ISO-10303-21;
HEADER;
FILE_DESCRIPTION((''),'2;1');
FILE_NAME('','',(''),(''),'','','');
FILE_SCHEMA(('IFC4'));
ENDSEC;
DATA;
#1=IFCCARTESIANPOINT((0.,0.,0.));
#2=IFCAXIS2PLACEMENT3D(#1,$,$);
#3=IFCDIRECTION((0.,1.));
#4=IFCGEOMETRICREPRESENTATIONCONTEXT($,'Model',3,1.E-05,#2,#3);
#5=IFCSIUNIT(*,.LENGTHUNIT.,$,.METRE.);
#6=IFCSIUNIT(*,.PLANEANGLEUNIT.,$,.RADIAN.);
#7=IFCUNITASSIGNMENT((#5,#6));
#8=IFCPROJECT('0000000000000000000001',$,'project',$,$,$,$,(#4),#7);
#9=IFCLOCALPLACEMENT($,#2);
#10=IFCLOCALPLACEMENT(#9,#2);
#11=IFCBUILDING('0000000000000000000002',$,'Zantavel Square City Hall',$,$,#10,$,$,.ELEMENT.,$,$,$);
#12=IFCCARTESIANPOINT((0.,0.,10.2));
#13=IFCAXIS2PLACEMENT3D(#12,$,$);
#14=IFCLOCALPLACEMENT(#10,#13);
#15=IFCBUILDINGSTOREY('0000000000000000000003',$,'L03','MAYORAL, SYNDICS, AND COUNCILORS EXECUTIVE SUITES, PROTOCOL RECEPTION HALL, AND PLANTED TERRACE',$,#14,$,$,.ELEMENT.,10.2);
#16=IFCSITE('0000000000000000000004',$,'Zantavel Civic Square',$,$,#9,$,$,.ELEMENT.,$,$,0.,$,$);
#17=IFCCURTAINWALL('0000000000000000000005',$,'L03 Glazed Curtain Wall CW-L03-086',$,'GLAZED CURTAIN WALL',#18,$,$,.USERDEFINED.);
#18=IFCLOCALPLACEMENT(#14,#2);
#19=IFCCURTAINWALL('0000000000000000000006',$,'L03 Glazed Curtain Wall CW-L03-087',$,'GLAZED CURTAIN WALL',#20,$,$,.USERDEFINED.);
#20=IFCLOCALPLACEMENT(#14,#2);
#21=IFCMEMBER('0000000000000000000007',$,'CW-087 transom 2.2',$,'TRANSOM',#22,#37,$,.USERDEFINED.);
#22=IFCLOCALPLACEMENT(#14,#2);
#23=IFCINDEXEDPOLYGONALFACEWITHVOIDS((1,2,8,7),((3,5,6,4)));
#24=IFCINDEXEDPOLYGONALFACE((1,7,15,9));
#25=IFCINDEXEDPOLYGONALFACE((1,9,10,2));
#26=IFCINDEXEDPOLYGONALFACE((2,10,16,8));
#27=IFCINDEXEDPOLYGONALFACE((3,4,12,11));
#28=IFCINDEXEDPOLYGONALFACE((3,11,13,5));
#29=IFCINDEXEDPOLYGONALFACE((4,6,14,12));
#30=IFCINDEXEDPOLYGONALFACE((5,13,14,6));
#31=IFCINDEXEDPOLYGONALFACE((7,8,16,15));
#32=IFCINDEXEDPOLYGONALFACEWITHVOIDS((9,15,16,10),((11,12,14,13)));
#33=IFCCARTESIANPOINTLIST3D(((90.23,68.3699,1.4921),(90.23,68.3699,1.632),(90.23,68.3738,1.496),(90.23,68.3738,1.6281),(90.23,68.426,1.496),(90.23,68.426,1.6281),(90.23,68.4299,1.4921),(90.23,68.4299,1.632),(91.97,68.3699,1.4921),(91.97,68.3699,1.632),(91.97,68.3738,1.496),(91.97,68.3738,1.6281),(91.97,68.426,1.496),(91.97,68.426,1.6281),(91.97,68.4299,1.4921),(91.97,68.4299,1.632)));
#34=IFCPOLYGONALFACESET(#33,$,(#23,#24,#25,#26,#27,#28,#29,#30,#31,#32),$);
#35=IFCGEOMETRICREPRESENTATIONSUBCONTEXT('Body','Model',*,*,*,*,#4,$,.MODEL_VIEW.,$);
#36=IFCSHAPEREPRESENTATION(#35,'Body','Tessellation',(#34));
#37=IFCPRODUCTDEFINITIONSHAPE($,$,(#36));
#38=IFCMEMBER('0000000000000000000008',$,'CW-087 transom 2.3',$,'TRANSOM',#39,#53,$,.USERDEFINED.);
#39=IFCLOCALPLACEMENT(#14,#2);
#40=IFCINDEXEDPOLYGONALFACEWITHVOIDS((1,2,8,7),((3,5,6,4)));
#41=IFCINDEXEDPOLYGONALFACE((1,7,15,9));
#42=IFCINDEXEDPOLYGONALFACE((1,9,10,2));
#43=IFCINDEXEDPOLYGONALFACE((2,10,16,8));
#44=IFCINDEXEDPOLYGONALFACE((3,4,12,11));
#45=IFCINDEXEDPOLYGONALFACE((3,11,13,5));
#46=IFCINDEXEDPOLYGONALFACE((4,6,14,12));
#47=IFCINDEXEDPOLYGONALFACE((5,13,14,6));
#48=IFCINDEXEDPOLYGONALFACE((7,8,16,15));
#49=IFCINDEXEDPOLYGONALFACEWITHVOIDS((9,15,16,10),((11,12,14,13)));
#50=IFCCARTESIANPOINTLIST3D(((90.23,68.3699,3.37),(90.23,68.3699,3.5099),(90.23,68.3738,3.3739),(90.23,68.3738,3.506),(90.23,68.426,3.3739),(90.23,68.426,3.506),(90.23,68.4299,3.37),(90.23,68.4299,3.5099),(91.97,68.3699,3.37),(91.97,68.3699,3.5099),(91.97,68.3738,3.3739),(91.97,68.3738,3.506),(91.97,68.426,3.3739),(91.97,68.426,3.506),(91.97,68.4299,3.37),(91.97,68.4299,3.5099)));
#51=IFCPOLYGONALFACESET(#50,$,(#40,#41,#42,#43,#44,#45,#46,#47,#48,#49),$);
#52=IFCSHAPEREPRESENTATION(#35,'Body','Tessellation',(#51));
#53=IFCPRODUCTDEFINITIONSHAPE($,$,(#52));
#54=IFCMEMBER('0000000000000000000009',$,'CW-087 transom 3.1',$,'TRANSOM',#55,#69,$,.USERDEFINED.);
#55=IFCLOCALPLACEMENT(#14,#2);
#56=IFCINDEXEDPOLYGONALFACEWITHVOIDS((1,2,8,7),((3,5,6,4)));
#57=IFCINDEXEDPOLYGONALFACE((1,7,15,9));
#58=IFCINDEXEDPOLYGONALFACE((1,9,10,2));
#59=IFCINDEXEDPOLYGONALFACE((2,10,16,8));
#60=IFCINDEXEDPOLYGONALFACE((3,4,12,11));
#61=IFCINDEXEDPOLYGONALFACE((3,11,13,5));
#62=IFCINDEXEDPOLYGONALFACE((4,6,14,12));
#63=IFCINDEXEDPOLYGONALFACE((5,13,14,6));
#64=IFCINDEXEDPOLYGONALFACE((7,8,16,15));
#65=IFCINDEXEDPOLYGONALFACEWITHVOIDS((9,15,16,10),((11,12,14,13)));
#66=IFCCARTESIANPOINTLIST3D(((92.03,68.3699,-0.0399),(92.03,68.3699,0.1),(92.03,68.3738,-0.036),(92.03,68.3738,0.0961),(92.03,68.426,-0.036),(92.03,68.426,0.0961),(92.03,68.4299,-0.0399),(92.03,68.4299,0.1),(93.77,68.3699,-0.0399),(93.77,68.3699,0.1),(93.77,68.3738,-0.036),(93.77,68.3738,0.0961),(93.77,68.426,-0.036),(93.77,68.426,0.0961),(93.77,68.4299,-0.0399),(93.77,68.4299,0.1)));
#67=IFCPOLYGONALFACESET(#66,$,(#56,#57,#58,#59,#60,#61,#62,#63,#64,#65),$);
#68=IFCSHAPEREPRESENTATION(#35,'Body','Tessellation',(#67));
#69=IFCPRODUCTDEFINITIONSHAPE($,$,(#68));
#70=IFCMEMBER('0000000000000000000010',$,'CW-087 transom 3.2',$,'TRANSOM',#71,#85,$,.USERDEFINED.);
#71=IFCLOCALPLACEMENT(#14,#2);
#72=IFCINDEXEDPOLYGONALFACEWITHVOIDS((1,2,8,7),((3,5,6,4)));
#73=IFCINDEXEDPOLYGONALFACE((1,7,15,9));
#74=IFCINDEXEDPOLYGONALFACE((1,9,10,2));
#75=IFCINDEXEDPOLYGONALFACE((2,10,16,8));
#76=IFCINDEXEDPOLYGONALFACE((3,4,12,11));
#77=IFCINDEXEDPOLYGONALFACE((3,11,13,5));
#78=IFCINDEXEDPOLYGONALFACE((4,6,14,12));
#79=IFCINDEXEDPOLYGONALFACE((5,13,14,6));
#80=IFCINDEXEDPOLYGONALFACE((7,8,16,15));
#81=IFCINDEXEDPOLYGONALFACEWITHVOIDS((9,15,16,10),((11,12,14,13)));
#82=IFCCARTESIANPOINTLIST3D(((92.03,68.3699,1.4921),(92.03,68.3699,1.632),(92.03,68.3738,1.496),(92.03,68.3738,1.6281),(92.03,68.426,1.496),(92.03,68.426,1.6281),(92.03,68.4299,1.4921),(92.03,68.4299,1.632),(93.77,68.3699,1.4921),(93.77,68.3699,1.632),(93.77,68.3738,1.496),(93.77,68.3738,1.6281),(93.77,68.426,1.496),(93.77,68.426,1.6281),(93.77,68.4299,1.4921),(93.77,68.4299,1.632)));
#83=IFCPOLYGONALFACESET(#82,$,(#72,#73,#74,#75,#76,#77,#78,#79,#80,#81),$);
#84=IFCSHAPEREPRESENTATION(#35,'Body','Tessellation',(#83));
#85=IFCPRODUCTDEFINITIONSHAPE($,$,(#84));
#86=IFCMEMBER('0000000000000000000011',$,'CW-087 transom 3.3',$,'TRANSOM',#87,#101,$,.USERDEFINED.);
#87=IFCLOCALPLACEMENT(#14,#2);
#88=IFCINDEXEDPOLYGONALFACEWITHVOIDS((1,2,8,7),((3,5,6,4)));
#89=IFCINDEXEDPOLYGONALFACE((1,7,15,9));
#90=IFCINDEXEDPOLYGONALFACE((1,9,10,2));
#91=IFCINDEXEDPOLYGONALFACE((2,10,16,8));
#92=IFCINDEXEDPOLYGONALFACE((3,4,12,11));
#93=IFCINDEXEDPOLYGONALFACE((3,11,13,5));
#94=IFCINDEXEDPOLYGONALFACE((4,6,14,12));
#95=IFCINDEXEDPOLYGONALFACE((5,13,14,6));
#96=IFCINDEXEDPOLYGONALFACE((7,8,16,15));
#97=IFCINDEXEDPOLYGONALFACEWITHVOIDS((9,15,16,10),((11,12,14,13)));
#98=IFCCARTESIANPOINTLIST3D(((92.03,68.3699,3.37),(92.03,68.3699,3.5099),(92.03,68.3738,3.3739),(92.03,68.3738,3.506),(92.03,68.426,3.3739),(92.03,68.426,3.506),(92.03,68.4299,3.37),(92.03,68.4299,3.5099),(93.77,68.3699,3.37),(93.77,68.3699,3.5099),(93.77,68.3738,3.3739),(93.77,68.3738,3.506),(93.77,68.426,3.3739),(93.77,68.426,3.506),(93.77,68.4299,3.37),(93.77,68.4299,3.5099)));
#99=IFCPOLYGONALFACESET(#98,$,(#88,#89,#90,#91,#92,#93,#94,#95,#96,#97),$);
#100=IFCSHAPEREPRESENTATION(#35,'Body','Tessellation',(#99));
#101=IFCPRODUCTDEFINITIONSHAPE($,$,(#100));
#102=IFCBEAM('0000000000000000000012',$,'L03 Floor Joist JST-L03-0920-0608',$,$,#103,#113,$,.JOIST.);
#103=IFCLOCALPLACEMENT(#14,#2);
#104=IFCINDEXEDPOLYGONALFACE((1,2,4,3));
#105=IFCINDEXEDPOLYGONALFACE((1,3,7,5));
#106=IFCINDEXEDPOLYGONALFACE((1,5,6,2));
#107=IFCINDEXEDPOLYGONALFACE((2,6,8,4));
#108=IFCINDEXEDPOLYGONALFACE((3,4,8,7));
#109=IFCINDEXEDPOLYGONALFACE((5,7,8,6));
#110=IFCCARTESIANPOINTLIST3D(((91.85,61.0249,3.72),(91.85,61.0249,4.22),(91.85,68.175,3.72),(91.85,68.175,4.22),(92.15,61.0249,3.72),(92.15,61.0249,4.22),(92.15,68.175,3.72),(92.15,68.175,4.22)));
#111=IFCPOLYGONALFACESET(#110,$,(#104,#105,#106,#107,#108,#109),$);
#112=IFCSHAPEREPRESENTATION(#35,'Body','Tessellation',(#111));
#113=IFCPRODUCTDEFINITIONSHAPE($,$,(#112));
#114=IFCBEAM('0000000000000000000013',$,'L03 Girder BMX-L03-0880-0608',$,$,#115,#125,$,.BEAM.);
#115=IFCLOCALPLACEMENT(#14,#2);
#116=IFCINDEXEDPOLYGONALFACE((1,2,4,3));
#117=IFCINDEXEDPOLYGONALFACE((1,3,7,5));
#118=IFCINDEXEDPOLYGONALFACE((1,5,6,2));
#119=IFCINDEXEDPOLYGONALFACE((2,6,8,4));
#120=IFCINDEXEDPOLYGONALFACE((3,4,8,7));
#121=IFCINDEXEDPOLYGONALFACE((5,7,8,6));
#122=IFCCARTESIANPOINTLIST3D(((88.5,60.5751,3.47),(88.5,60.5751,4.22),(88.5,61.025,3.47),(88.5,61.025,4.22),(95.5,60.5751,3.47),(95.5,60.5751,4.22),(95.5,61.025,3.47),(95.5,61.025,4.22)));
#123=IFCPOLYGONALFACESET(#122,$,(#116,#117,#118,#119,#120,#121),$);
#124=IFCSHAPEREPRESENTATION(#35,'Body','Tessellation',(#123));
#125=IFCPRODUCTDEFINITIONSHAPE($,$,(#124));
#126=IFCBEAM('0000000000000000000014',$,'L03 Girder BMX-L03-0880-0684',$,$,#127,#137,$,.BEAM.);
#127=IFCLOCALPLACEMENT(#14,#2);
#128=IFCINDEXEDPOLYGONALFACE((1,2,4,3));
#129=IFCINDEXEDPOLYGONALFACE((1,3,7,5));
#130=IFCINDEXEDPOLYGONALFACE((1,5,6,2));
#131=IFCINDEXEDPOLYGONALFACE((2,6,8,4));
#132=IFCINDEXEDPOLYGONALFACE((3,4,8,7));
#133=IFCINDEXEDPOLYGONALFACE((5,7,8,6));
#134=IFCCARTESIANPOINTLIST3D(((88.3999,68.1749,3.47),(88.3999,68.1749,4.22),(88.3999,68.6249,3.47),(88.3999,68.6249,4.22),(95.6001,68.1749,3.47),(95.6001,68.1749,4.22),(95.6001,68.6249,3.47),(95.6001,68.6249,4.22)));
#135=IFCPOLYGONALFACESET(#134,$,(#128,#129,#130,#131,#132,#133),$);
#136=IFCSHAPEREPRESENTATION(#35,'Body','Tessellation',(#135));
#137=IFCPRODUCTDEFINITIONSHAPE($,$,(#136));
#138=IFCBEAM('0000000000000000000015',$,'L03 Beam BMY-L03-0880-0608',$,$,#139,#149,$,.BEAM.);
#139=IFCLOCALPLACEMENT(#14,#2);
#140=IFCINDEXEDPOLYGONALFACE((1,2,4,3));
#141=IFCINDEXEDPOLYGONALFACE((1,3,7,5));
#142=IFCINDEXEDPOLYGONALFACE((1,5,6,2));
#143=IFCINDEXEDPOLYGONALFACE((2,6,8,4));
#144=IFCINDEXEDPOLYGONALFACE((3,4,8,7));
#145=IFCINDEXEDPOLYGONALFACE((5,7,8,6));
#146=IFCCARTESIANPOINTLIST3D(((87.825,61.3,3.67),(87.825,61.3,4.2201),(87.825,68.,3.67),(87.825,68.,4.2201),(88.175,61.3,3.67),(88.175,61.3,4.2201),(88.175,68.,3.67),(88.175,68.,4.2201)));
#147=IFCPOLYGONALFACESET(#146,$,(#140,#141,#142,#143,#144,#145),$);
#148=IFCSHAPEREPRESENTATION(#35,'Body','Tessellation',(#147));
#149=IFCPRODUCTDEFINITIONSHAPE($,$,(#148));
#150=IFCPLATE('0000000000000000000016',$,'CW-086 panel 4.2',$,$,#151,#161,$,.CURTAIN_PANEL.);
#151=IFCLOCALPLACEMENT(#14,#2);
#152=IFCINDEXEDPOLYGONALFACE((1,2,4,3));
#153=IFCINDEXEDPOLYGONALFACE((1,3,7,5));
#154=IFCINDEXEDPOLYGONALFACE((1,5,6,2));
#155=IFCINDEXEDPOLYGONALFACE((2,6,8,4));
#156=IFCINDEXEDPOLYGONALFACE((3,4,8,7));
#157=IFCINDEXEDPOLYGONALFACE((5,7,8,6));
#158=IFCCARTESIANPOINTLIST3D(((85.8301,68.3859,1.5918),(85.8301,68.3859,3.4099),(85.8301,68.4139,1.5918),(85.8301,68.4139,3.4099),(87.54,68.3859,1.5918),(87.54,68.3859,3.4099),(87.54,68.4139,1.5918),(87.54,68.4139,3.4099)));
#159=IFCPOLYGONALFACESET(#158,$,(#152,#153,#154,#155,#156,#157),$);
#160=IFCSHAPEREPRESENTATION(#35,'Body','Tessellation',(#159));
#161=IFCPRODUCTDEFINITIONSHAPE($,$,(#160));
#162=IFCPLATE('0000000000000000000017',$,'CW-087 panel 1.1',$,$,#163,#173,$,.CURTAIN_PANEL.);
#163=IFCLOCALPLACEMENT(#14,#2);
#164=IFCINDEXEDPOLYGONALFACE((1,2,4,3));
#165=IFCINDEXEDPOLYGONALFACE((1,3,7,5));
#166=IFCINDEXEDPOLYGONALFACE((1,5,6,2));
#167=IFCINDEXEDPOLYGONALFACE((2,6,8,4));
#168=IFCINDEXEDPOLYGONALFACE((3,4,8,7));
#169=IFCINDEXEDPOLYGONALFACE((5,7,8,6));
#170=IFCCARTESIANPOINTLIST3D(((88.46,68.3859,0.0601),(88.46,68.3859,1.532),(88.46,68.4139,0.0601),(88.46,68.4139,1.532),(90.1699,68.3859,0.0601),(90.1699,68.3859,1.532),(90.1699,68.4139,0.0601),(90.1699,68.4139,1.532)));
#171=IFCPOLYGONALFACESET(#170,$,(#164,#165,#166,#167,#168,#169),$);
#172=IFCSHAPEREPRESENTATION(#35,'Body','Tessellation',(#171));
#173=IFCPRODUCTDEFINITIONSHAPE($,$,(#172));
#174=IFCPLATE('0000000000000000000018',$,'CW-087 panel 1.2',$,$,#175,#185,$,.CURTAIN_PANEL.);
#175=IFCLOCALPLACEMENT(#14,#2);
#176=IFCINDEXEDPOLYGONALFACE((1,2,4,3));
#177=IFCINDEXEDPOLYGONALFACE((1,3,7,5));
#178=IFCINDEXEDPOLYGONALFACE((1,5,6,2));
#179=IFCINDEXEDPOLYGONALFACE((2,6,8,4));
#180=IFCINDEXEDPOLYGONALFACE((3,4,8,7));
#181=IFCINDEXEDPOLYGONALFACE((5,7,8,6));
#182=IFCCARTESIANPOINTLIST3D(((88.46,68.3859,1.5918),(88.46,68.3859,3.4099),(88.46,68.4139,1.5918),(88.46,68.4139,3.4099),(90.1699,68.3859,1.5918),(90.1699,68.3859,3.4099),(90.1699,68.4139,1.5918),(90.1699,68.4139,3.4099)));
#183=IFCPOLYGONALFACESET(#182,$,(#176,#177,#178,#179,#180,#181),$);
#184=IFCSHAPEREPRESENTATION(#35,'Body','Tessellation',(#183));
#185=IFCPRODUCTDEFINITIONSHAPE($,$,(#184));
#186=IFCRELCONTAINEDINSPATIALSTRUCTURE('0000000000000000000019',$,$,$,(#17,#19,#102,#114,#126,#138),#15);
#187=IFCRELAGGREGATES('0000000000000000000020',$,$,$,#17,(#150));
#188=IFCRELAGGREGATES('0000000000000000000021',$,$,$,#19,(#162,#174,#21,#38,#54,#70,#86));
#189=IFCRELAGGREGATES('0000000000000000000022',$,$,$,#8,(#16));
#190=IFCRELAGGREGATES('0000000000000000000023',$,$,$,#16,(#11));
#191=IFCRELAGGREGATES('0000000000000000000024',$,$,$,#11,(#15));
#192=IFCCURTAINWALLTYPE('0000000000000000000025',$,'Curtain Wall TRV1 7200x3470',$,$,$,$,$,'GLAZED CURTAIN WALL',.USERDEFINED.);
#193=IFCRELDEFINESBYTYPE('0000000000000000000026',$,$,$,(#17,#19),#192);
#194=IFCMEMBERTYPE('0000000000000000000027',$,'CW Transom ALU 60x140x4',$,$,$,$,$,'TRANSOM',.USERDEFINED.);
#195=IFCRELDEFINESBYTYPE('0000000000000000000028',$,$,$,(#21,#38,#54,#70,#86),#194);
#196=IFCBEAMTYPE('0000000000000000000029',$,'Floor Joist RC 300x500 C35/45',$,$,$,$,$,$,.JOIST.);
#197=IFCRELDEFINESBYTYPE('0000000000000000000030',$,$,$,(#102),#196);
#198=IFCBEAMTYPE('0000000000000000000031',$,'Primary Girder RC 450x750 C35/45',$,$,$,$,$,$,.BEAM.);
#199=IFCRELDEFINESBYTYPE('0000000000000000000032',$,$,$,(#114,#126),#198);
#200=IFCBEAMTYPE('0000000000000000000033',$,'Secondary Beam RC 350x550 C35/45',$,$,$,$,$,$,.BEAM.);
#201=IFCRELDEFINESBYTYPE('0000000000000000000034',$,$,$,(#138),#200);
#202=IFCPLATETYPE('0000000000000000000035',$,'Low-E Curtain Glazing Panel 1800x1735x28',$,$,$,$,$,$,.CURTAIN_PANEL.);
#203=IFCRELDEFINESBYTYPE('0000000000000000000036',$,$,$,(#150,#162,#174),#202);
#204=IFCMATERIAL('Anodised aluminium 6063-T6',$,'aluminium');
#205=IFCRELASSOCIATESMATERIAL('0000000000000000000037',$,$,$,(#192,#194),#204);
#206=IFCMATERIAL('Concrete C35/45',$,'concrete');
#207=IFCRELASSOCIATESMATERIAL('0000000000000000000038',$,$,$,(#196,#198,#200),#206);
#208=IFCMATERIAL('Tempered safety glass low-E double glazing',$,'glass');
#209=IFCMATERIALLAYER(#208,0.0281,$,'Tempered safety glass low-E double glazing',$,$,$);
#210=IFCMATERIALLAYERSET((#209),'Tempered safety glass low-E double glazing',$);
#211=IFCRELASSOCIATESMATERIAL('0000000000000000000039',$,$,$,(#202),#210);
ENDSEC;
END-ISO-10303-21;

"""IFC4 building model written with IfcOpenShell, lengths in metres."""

from ifc_helpers import new_model, si_unit, direction, frame, origin, origin_2d, place, context, subcontext, project, spatial, rectangle, hollow_rectangle, extrude, material, layer, layer_set, material_profile, profile_set, type_object, element, aggregate, save


model = new_model("IFC4")

# Units and contexts
model_context = context("Model", 3, precision=1e-05, world=origin(), true_north=direction((0.0, 1.0)))
body_context = subcontext(model_context, "Body", "Model", "MODEL_VIEW")
ifc_project = project(units=[si_unit("LENGTHUNIT", "METRE"), si_unit("PLANEANGLEUNIT", "RADIAN")], contexts=[model_context])

# Site, building, storey
site_placement = place(None, origin())
site = spatial("IfcSite", under=ifc_project, at=site_placement, Name="Zantavel Civic Square", CompositionType="ELEMENT", RefElevation=0.0)
building_placement = place(site_placement, origin())
building = spatial("IfcBuilding", under=site, at=building_placement, Name="Zantavel Square City Hall", CompositionType="ELEMENT")
storey_placement = place(building_placement, frame((0.0, 0.0, 10.2)))
storey = spatial("IfcBuildingStorey", under=building, at=storey_placement, Name="L03", Description="MAYORAL, SYNDICS, AND COUNCILORS EXECUTIVE SUITES, PROTOCOL RECEPTION HALL, AND PLANTED TERRACE", CompositionType="ELEMENT", Elevation=10.2)

# Curtain wall
ifc_material_1 = material(Name="Anodised aluminium 6063-T6", Category="aluminium")
curtain_wall_type = type_object("IfcCurtainWallType", Name="Curtain Wall TRV1 7200x3470", ElementType="GLAZED CURTAIN WALL", PredefinedType="USERDEFINED", material=ifc_material_1)
curtain_wall_1_placement = place(storey_placement, origin())
curtain_wall_1 = element("IfcCurtainWall", 1, at=curtain_wall_1_placement, inside=storey, type_object=curtain_wall_type, Name="L03 Glazed Curtain Wall CW-L03-086", ObjectType="GLAZED CURTAIN WALL", PredefinedType="USERDEFINED")

# Curtain wall, members
curtain_wall_2_placement = place(storey_placement, origin())
curtain_wall_2 = element("IfcCurtainWall", 2, at=curtain_wall_2_placement, inside=storey, type_object=curtain_wall_type, Name="L03 Glazed Curtain Wall CW-L03-087", ObjectType="GLAZED CURTAIN WALL", PredefinedType="USERDEFINED")
ifc_material_profile_1 = material_profile(ifc_material_1, hollow_rectangle(XDim=0.0601, YDim=0.1399, WallThickness=0.0039, at=origin_2d()), Name="ALU 60x140x4")
ifc_profile_set_1 = profile_set([ifc_material_profile_1], Name="Anodised aluminium 6063-T6")
member_type_1 = type_object("IfcMemberType", Name="CW Transom ALU 60x140x4", ElementType="TRANSOM", PredefinedType="USERDEFINED", material=ifc_profile_set_1)
member_1_placement = place(storey_placement, frame((90.23, 68.3999, 1.562), z_axis=(1.0, 0.0, 0.0), x_axis=(0.0, 1.0, 0.0)))
member_1 = element("IfcMember", 3, at=member_1_placement, type_object=member_type_1, Name="CW-087 transom 2.2", ObjectType="TRANSOM", PredefinedType="USERDEFINED", context=body_context, shape_type="SweptSolid", body=[
    extrude(hollow_rectangle(XDim=0.0601, YDim=0.1399, WallThickness=0.0039, at=origin_2d()), origin(), (0.0, 0.0, 1.0), 1.74),
])
member_2_placement = place(storey_placement, frame((90.23, 68.3999, 3.4399), z_axis=(1.0, 0.0, 0.0), x_axis=(0.0, 1.0, 0.0)))
member_2 = element("IfcMember", 4, at=member_2_placement, type_object=member_type_1, Name="CW-087 transom 2.3", ObjectType="TRANSOM", PredefinedType="USERDEFINED", context=body_context, shape_type="SweptSolid", body=[
    extrude(hollow_rectangle(XDim=0.0601, YDim=0.1399, WallThickness=0.0039, at=origin_2d()), origin(), (0.0, 0.0, 1.0), 1.74),
])
member_3_placement = place(storey_placement, frame((92.03, 68.3999, 0.03), z_axis=(1.0, 0.0, 0.0), x_axis=(0.0, 1.0, 0.0)))
member_3 = element("IfcMember", 5, at=member_3_placement, type_object=member_type_1, Name="CW-087 transom 3.1", ObjectType="TRANSOM", PredefinedType="USERDEFINED", context=body_context, shape_type="SweptSolid", body=[
    extrude(hollow_rectangle(XDim=0.0601, YDim=0.1399, WallThickness=0.0039, at=origin_2d()), origin(), (0.0, 0.0, 1.0), 1.74),
])
member_4_placement = place(storey_placement, frame((92.03, 68.3999, 1.562), z_axis=(1.0, 0.0, 0.0), x_axis=(0.0, 1.0, 0.0)))
member_4 = element("IfcMember", 6, at=member_4_placement, type_object=member_type_1, Name="CW-087 transom 3.2", ObjectType="TRANSOM", PredefinedType="USERDEFINED", context=body_context, shape_type="SweptSolid", body=[
    extrude(hollow_rectangle(XDim=0.0601, YDim=0.1399, WallThickness=0.0039, at=origin_2d()), origin(), (0.0, 0.0, 1.0), 1.74),
])
member_5_placement = place(storey_placement, frame((92.03, 68.3999, 3.4399), z_axis=(1.0, 0.0, 0.0), x_axis=(0.0, 1.0, 0.0)))
member_5 = element("IfcMember", 7, at=member_5_placement, type_object=member_type_1, Name="CW-087 transom 3.3", ObjectType="TRANSOM", PredefinedType="USERDEFINED", context=body_context, shape_type="SweptSolid", body=[
    extrude(hollow_rectangle(XDim=0.0601, YDim=0.1399, WallThickness=0.0039, at=origin_2d()), origin(), (0.0, 0.0, 1.0), 1.74),
])

# Beams
ifc_material_2 = material(Name="Concrete C35/45", Category="concrete")
ifc_material_profile_2 = material_profile(ifc_material_2, rectangle(XDim=0.3, YDim=0.5, at=origin_2d()), Name="RC 300x500")
ifc_profile_set_2 = profile_set([ifc_material_profile_2], Name="Concrete C35/45")
beam_type_1 = type_object("IfcBeamType", Name="Floor Joist RC 300x500 C35/45", PredefinedType="JOIST", material=ifc_profile_set_2)
beam_1_placement = place(storey_placement, frame((92.0, 61.0249, 3.97), z_axis=(0.0, 1.0, 0.0), x_axis=(-1.0, 0.0, 0.0)))
element("IfcBeam", 8, at=beam_1_placement, inside=storey, type_object=beam_type_1, Name="L03 Floor Joist JST-L03-0920-0608", PredefinedType="JOIST", context=body_context, shape_type="SweptSolid", body=[
    extrude(rectangle(XDim=0.3, YDim=0.5, at=origin_2d()), origin(), (0.0, 0.0, 1.0), 7.1501),
])
ifc_material_profile_3 = material_profile(ifc_material_2, rectangle(XDim=0.45, YDim=0.75, at=origin_2d()), Name="RC 450x750")
ifc_profile_set_3 = profile_set([ifc_material_profile_3], Name="Concrete C35/45")
beam_type_2 = type_object("IfcBeamType", Name="Primary Girder RC 450x750 C35/45", PredefinedType="BEAM", material=ifc_profile_set_3)
beam_2_placement = place(storey_placement, frame((88.5, 60.8, 3.845), z_axis=(1.0, 0.0, 0.0), x_axis=(0.0, 1.0, 0.0)))
element("IfcBeam", 9, at=beam_2_placement, inside=storey, type_object=beam_type_2, Name="L03 Girder BMX-L03-0880-0608", PredefinedType="BEAM", context=body_context, shape_type="SweptSolid", body=[
    extrude(rectangle(XDim=0.45, YDim=0.75, at=origin_2d()), origin(), (0.0, 0.0, 1.0), 7.0),
])
beam_3_placement = place(storey_placement, frame((88.3999, 68.3999, 3.845), z_axis=(1.0, 0.0, 0.0), x_axis=(0.0, 1.0, 0.0)))
element("IfcBeam", 10, at=beam_3_placement, inside=storey, type_object=beam_type_2, Name="L03 Girder BMX-L03-0880-0684", PredefinedType="BEAM", context=body_context, shape_type="SweptSolid", body=[
    extrude(rectangle(XDim=0.45, YDim=0.75, at=origin_2d()), origin(), (0.0, 0.0, 1.0), 7.2002),
])
ifc_material_profile_4 = material_profile(ifc_material_2, rectangle(XDim=0.3501, YDim=0.55, at=origin_2d()), Name="RC 350x550")
ifc_profile_set_4 = profile_set([ifc_material_profile_4], Name="Concrete C35/45")
beam_type_3 = type_object("IfcBeamType", Name="Secondary Beam RC 350x550 C35/45", PredefinedType="BEAM", material=ifc_profile_set_4)
beam_4_placement = place(storey_placement, frame((88.0, 61.3, 3.9451), z_axis=(0.0, 1.0, 0.0), x_axis=(-1.0, 0.0, 0.0)))
element("IfcBeam", 11, at=beam_4_placement, inside=storey, type_object=beam_type_3, Name="L03 Beam BMY-L03-0880-0608", PredefinedType="BEAM", context=body_context, shape_type="SweptSolid", body=[
    extrude(rectangle(XDim=0.3501, YDim=0.55, at=origin_2d()), origin(), (0.0, 0.0, 1.0), 6.7),
])

# Plates
ifc_material_3 = material(Name="Tempered safety glass low-E double glazing", Category="glass")
ifc_layer = layer(ifc_material_3, 0.0281, Name="Tempered safety glass low-E double glazing")
ifc_layer_set = layer_set([ifc_layer], Name="Tempered safety glass low-E double glazing")
plate_type = type_object("IfcPlateType", Name="Low-E Curtain Glazing Panel 1800x1735x28", PredefinedType="CURTAIN_PANEL", material=ifc_layer_set)
plate_1_placement = place(storey_placement, frame((86.6851, 68.3999, 1.5918), z_axis=(0.0, 0.0, 1.0), x_axis=(1.0, 0.0, 0.0)))
plate_1 = element("IfcPlate", 12, at=plate_1_placement, type_object=plate_type, Name="CW-086 panel 4.2", PredefinedType="CURTAIN_PANEL", context=body_context, shape_type="SweptSolid", body=[
    extrude(rectangle(XDim=1.71, YDim=0.0281, at=origin_2d()), origin(), (0.0, 0.0, 1.0), 1.8181),
])
aggregate(curtain_wall_1, [plate_1])
plate_2_placement = place(storey_placement, frame((89.3149, 68.3999, 0.0601), z_axis=(0.0, 0.0, 1.0), x_axis=(1.0, 0.0, 0.0)))
plate_2 = element("IfcPlate", 13, at=plate_2_placement, type_object=plate_type, Name="CW-087 panel 1.1", PredefinedType="CURTAIN_PANEL", context=body_context, shape_type="SweptSolid", body=[
    extrude(rectangle(XDim=1.71, YDim=0.0281, at=origin_2d()), origin(), (0.0, 0.0, 1.0), 1.4719),
])
plate_3_placement = place(storey_placement, frame((89.3149, 68.3999, 1.5918), z_axis=(0.0, 0.0, 1.0), x_axis=(1.0, 0.0, 0.0)))
plate_3 = element("IfcPlate", 14, at=plate_3_placement, type_object=plate_type, Name="CW-087 panel 1.2", PredefinedType="CURTAIN_PANEL", context=body_context, shape_type="SweptSolid", body=[
    extrude(rectangle(XDim=1.71, YDim=0.0281, at=origin_2d()), origin(), (0.0, 0.0, 1.0), 1.8181),
])
aggregate(curtain_wall_2, [plate_2, plate_3, member_1, member_2, member_3, member_4, member_5])

save(model, "model.ifc")
